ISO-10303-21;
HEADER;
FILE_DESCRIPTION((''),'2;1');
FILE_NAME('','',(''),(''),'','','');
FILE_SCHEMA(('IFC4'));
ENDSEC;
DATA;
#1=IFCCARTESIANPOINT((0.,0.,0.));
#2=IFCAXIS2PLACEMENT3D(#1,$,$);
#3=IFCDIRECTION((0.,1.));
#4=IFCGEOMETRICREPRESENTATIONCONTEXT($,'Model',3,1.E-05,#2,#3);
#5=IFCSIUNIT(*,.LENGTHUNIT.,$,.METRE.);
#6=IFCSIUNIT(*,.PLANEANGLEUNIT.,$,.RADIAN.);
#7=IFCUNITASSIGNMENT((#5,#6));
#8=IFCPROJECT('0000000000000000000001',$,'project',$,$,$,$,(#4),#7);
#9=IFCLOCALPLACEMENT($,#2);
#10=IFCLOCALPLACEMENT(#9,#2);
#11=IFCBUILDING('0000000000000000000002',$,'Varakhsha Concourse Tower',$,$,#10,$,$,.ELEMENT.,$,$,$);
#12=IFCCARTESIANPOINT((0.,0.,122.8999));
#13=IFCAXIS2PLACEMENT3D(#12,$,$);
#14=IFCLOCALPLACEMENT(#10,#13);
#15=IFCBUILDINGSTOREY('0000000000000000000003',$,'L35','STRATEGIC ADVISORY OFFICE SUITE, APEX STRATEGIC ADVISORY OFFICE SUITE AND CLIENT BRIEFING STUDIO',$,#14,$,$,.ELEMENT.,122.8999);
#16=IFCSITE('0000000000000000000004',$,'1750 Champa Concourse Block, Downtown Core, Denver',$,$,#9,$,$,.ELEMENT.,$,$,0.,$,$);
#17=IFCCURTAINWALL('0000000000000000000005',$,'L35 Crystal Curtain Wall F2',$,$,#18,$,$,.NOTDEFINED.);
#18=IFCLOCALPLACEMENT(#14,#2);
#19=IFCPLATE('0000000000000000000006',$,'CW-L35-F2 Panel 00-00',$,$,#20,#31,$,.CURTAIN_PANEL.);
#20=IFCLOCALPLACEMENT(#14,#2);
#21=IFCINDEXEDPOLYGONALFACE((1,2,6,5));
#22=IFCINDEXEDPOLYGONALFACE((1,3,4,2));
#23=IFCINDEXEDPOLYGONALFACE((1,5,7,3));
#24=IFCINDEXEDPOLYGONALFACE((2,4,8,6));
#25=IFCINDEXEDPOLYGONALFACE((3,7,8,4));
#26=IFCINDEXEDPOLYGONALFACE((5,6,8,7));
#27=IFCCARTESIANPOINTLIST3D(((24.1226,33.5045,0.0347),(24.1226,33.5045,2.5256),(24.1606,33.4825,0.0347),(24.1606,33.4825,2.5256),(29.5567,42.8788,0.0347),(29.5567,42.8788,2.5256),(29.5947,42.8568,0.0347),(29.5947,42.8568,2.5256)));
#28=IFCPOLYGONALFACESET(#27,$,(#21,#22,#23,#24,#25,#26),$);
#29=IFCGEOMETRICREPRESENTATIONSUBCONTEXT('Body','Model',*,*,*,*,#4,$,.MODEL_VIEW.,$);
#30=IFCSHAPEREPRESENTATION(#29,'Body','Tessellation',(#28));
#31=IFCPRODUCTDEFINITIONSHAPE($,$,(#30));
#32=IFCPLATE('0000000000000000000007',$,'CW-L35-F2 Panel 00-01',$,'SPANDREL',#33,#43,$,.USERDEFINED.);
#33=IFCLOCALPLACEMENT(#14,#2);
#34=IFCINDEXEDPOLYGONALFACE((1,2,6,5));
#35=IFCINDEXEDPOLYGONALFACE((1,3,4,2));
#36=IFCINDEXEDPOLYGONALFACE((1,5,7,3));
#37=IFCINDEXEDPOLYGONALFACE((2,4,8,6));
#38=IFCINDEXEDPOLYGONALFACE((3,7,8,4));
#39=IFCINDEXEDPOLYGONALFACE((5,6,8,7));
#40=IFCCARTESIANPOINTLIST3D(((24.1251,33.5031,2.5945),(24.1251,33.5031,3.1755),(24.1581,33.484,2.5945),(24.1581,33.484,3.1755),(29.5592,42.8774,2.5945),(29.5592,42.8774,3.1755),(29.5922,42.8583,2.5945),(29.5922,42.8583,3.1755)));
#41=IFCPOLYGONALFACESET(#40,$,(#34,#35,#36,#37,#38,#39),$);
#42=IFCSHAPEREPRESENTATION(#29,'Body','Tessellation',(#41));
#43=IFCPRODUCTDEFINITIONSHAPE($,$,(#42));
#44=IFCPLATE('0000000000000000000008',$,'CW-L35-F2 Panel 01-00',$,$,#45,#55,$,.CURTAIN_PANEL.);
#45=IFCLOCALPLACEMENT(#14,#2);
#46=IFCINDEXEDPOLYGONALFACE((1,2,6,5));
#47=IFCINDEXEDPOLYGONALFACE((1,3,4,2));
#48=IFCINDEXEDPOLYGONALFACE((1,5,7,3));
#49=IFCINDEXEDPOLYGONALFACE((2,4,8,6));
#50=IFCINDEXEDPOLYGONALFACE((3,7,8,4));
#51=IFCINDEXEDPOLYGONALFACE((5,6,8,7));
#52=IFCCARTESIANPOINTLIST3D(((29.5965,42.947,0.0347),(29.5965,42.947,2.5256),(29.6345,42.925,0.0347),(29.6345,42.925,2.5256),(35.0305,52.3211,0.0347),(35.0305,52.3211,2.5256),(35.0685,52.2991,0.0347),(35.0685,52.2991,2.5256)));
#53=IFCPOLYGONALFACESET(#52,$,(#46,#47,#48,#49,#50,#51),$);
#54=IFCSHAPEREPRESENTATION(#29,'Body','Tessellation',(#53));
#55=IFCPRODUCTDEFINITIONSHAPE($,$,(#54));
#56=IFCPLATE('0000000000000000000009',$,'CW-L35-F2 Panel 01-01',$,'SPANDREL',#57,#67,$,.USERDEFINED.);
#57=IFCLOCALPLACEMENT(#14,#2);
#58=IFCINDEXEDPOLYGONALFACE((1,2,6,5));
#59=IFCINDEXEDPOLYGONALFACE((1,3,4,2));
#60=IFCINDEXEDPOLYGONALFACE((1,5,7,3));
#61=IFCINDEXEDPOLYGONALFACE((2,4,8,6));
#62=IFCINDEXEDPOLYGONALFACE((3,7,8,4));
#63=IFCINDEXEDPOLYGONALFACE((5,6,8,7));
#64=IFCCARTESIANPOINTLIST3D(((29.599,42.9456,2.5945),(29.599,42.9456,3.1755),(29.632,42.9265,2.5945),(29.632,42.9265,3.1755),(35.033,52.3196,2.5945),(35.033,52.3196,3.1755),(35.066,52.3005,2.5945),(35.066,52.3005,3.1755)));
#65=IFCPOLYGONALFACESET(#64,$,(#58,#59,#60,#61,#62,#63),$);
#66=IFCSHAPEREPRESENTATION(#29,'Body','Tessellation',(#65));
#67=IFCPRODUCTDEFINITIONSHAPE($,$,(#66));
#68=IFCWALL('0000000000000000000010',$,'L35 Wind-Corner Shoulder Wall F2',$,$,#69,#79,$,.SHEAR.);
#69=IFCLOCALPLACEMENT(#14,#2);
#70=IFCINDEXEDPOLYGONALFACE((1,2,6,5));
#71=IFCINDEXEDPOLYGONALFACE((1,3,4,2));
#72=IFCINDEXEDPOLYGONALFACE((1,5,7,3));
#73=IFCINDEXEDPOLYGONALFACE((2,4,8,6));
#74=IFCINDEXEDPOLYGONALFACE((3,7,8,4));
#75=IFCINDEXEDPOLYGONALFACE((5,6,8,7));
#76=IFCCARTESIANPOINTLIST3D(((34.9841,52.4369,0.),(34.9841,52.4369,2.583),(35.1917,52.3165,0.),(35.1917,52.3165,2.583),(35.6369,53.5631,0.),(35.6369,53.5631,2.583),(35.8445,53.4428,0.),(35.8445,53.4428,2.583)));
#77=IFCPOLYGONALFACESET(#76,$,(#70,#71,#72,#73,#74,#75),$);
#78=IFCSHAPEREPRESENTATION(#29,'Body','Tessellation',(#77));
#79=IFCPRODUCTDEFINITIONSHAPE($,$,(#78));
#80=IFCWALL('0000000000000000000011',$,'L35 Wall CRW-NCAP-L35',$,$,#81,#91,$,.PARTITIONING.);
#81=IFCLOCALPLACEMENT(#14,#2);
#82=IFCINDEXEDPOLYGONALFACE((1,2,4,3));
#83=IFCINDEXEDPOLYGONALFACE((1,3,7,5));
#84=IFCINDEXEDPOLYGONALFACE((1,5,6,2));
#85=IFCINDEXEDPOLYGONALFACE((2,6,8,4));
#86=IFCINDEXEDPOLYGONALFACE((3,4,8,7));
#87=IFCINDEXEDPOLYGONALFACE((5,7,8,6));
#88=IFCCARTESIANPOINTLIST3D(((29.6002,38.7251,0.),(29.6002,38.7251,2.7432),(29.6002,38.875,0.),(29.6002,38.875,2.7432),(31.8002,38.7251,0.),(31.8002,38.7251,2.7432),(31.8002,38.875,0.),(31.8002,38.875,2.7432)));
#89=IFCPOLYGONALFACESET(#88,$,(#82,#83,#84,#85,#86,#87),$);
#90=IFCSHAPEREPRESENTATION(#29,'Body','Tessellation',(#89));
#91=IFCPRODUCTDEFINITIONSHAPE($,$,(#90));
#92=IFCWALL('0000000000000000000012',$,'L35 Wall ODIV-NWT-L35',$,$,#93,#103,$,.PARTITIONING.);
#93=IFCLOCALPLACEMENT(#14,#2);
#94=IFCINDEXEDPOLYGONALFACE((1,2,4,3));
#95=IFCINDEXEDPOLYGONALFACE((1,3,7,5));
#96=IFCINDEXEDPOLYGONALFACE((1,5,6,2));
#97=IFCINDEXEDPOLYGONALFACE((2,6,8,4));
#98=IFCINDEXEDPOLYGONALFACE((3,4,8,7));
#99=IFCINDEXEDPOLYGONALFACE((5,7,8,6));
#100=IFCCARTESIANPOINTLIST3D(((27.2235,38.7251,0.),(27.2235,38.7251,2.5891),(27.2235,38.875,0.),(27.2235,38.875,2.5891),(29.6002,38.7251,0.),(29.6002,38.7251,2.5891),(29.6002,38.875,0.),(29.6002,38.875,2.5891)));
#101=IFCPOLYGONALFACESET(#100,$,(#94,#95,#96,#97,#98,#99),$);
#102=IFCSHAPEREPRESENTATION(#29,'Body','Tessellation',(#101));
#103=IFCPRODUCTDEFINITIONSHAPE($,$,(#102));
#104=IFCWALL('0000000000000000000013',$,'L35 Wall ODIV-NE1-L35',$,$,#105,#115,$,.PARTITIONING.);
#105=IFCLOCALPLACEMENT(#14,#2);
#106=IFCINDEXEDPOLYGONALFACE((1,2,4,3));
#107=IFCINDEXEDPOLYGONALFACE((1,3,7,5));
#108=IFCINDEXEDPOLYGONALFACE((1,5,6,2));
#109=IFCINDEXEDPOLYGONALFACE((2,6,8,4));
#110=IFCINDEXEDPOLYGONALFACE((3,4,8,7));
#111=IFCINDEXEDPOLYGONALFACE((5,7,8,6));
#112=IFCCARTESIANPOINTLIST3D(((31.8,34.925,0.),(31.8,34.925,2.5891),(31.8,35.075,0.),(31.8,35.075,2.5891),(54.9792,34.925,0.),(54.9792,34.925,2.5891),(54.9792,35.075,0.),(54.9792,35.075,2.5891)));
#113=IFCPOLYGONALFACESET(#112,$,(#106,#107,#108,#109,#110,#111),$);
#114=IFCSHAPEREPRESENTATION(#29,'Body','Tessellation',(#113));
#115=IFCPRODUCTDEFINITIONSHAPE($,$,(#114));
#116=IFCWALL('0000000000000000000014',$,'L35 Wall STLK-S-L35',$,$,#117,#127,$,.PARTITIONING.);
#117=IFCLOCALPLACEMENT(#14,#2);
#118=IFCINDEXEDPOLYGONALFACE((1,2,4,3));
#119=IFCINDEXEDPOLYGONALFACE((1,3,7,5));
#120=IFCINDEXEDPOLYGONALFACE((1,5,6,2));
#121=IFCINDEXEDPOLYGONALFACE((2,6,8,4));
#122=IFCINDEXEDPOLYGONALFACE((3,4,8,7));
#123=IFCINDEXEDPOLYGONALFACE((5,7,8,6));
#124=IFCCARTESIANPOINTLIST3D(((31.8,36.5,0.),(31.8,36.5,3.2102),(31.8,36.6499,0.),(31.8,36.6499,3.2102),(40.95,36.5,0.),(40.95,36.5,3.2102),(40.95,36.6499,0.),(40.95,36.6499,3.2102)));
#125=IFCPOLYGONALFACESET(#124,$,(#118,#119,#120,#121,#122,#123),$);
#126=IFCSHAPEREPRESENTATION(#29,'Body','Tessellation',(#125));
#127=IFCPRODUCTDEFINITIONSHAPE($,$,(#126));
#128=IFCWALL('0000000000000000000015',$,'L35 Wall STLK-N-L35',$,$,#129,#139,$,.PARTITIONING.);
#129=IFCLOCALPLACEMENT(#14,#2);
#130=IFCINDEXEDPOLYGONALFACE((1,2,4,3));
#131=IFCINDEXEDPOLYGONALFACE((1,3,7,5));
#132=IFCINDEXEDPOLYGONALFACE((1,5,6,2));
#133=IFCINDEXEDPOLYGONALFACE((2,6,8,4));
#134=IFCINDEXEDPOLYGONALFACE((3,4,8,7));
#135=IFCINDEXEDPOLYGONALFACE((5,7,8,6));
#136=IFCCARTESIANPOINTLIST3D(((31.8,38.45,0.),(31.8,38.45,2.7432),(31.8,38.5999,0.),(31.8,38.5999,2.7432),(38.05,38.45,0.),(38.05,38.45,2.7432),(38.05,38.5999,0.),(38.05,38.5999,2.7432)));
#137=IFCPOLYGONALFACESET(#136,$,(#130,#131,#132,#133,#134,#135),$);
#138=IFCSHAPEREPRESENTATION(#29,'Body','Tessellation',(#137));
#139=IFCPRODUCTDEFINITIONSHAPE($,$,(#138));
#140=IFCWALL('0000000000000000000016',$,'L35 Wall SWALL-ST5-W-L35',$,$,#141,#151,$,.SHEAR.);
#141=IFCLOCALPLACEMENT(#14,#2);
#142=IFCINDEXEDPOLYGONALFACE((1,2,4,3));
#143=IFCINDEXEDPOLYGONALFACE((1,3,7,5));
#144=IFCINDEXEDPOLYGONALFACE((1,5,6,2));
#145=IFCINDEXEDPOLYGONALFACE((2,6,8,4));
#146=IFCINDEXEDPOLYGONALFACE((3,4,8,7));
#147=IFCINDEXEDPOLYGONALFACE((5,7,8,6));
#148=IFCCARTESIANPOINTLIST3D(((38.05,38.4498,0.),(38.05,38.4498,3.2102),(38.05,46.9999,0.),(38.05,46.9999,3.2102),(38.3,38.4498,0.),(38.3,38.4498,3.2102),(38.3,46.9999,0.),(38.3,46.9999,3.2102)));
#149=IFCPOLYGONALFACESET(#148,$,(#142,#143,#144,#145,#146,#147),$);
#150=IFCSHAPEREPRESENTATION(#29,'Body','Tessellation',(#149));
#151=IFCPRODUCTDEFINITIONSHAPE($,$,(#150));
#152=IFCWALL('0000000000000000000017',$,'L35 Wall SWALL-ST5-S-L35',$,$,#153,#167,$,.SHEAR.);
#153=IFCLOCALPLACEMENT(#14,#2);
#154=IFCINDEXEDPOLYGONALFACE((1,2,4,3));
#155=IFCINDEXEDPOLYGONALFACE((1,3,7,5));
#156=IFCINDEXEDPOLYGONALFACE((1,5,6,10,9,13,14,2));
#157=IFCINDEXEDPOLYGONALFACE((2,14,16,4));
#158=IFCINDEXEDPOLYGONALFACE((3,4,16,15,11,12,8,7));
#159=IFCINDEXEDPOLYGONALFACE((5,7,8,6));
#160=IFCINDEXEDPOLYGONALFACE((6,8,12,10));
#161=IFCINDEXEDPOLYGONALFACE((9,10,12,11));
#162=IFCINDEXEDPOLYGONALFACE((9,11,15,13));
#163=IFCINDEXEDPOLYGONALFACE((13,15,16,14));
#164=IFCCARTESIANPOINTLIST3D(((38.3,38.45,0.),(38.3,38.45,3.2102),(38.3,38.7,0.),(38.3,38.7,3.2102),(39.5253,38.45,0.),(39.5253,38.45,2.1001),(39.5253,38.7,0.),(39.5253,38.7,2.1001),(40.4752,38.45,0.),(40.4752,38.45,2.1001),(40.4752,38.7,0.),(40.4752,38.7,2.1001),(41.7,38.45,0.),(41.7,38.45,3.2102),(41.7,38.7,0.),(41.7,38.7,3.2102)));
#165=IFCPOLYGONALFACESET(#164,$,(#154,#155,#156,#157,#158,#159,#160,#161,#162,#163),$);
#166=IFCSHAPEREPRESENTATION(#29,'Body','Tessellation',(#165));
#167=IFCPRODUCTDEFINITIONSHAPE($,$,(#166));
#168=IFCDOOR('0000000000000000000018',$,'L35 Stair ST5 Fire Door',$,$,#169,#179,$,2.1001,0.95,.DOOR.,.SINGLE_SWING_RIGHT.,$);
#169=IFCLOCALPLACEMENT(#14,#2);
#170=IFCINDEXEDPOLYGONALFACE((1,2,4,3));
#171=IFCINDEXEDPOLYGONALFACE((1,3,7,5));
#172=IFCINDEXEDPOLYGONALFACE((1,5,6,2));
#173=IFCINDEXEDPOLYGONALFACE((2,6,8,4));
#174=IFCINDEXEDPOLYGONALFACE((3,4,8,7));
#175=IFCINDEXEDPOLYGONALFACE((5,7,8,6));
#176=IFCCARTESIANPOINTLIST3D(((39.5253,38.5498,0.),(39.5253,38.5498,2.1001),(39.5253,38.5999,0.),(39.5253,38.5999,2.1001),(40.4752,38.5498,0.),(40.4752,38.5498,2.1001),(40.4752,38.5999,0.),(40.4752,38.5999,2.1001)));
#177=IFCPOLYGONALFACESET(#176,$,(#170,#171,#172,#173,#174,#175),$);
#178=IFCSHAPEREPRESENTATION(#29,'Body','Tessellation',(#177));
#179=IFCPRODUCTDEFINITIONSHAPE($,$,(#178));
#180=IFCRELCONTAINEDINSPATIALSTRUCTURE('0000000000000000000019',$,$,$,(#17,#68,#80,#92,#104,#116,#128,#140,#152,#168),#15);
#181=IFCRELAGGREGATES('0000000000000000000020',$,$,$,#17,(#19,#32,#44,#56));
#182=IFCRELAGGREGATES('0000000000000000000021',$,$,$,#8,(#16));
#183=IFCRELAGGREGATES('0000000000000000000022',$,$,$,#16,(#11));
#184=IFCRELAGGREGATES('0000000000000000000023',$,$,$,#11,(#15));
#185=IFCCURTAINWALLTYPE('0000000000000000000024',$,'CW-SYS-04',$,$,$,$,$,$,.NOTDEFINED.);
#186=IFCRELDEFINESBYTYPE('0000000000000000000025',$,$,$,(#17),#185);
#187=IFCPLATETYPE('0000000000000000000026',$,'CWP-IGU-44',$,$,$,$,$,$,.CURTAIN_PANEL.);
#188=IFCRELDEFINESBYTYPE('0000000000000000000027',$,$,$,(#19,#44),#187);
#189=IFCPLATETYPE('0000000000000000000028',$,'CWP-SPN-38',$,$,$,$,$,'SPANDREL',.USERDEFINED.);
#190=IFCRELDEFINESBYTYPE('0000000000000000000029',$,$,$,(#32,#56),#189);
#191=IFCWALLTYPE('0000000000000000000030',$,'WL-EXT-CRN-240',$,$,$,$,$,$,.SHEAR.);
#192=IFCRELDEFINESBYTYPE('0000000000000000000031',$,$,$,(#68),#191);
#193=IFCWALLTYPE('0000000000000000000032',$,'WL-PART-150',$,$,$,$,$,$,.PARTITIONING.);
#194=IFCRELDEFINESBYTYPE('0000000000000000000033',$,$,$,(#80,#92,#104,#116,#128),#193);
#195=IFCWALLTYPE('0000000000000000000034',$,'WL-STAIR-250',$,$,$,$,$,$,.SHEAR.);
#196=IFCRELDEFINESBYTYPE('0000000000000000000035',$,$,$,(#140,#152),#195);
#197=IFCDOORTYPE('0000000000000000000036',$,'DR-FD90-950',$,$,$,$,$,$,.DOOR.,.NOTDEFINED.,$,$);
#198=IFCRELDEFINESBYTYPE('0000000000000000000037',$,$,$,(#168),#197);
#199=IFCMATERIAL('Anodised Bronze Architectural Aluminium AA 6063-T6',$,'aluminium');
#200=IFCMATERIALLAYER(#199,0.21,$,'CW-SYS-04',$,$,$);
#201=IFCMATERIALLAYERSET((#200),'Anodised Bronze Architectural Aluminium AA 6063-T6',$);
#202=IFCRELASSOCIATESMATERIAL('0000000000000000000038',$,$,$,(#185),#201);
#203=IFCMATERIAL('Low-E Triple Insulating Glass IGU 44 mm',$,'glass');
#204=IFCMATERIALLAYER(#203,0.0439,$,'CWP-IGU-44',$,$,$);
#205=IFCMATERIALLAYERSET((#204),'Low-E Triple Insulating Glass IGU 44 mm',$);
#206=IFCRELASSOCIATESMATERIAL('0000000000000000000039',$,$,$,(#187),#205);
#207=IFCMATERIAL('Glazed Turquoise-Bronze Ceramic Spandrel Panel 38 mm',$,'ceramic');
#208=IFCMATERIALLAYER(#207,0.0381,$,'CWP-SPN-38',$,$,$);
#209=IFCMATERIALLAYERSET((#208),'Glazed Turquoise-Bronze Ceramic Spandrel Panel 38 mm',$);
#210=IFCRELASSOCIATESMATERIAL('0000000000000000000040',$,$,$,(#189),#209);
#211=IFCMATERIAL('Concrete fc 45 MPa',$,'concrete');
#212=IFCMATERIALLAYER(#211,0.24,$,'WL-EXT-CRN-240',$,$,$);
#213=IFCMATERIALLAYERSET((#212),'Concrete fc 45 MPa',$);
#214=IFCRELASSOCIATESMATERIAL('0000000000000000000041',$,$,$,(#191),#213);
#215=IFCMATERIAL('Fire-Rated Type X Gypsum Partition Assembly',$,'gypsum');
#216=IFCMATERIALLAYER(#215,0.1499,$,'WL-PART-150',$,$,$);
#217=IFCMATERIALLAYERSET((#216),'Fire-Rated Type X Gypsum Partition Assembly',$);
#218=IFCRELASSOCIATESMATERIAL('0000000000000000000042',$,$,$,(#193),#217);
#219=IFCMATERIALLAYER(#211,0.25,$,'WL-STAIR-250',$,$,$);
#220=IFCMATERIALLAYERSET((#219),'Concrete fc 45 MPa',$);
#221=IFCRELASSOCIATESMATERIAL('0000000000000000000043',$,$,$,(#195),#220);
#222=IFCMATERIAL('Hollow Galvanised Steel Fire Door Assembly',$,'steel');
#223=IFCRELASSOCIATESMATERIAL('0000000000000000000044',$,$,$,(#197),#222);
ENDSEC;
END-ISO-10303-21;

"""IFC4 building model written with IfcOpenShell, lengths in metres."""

from ifc_helpers import new_model, si_unit, direction, frame, frame_2d, origin, origin_2d, place, context, subcontext, project, spatial, rectangle, extrude, source, transform, mapped, material, layer, layer_set, type_object, type_shapes, element, fill, aggregate, save


model = new_model("IFC4")

# Units and contexts
model_context = context("Model", 3, precision=1e-05, world=origin(), true_north=direction((0.0, 1.0)))
body_context = subcontext(model_context, "Body", "Model", "MODEL_VIEW")
ifc_project = project(units=[si_unit("LENGTHUNIT", "METRE"), si_unit("PLANEANGLEUNIT", "RADIAN")], contexts=[model_context])

# Site, building, storey
site_placement = place(None, origin())
site = spatial("IfcSite", under=ifc_project, at=site_placement, Name="1750 Champa Concourse Block, Downtown Core, Denver", CompositionType="ELEMENT", RefElevation=0.0)
building_placement = place(site_placement, origin())
building = spatial("IfcBuilding", under=site, at=building_placement, Name="Varakhsha Concourse Tower", CompositionType="ELEMENT")
storey_placement = place(building_placement, frame((0.0, 0.0, 122.8999)))
storey = spatial("IfcBuildingStorey", under=building, at=storey_placement, Name="L35", Description="STRATEGIC ADVISORY OFFICE SUITE, APEX STRATEGIC ADVISORY OFFICE SUITE AND CLIENT BRIEFING STUDIO", CompositionType="ELEMENT", Elevation=122.8999)

# Curtain wall
ifc_material_1 = material(Name="Anodised Bronze Architectural Aluminium AA 6063-T6", Category="aluminium")
ifc_layer_1 = layer(ifc_material_1, 0.21, Name="CW-SYS-04")
ifc_layer_set_1 = layer_set([ifc_layer_1], Name="Anodised Bronze Architectural Aluminium AA 6063-T6")
curtain_wall_type = type_object("IfcCurtainWallType", Name="CW-SYS-04", PredefinedType="NOTDEFINED", material=ifc_layer_set_1)
curtain_wall_1_placement = place(storey_placement, origin())
curtain_wall_1 = element("IfcCurtainWall", 1, at=curtain_wall_1_placement, inside=storey, type_object=curtain_wall_type, Name="L35 Crystal Curtain Wall F2", PredefinedType="NOTDEFINED")

# Plates
ifc_material_2 = material(Name="Low-E Triple Insulating Glass IGU 44 mm", Category="glass")
ifc_layer_2 = layer(ifc_material_2, 0.0439, Name="CWP-IGU-44")
ifc_layer_set_2 = layer_set([ifc_layer_2], Name="Low-E Triple Insulating Glass IGU 44 mm")
plate_type_1 = type_object("IfcPlateType", Name="CWP-IGU-44", PredefinedType="CURTAIN_PANEL", material=ifc_layer_set_2)
shared_shape_1 = source(origin(), body_context, "Body", "SweptSolid", [
    extrude(rectangle(XDim=10.8354, YDim=0.0439, at=origin_2d()), origin(), (0.0, 0.0, 1.0), 2.491),
])
plate_1_placement = place(storey_placement, frame((26.8586, 38.1807, 0.0347), z_axis=(0.0, 0.0, 1.0), x_axis=(0.501514, 0.86515, 0.0)))
plate_1 = element("IfcPlate", 2, at=plate_1_placement, type_object=plate_type_1, Name="CW-L35-F2 Panel 00-00", PredefinedType="CURTAIN_PANEL", context=body_context, shape_type="MappedRepresentation", body=[
    mapped(shared_shape_1, transform((0.0, 0.0, 0.0), scale=1.0)),
])
ifc_material_3 = material(Name="Glazed Turquoise-Bronze Ceramic Spandrel Panel 38 mm", Category="ceramic")
ifc_layer_3 = layer(ifc_material_3, 0.0381, Name="CWP-SPN-38")
ifc_layer_set_3 = layer_set([ifc_layer_3], Name="Glazed Turquoise-Bronze Ceramic Spandrel Panel 38 mm")
plate_type_2 = type_object("IfcPlateType", Name="CWP-SPN-38", ElementType="SPANDREL", PredefinedType="USERDEFINED", material=ifc_layer_set_3)
shared_shape_2 = source(origin(), body_context, "Body", "SweptSolid", [
    extrude(rectangle(XDim=10.8354, YDim=0.0381, at=origin_2d()), origin(), (0.0, 0.0, 1.0), 0.5811),
])
plate_2_placement = place(storey_placement, frame((26.8586, 38.1807, 2.5945), z_axis=(0.0, 0.0, 1.0), x_axis=(0.501514, 0.86515, 0.0)))
plate_2 = element("IfcPlate", 3, at=plate_2_placement, type_object=plate_type_2, Name="CW-L35-F2 Panel 00-01", ObjectType="SPANDREL", PredefinedType="USERDEFINED", context=body_context, shape_type="MappedRepresentation", body=[
    mapped(shared_shape_2, transform((0.0, 0.0, 0.0), scale=1.0)),
])
shared_shape_3 = source(origin(), body_context, "Body", "SweptSolid", [
    extrude(rectangle(XDim=10.8352, YDim=0.0439, at=origin_2d()), origin(), (0.0, 0.0, 1.0), 2.491),
])
type_shapes(plate_type_1, [shared_shape_1, shared_shape_3])
plate_3_placement = place(storey_placement, frame((32.3325, 47.623, 0.0347), z_axis=(0.0, 0.0, 1.0), x_axis=(0.501514, 0.86515, 0.0)))
plate_3 = element("IfcPlate", 4, at=plate_3_placement, type_object=plate_type_1, Name="CW-L35-F2 Panel 01-00", PredefinedType="CURTAIN_PANEL", context=body_context, shape_type="MappedRepresentation", body=[
    mapped(shared_shape_3, transform((0.0, 0.0, 0.0), scale=1.0)),
])
shared_shape_4 = source(origin(), body_context, "Body", "SweptSolid", [
    extrude(rectangle(XDim=10.8352, YDim=0.0381, at=origin_2d()), origin(), (0.0, 0.0, 1.0), 0.5811),
])
type_shapes(plate_type_2, [shared_shape_2, shared_shape_4])
plate_4_placement = place(storey_placement, frame((32.3325, 47.623, 2.5945), z_axis=(0.0, 0.0, 1.0), x_axis=(0.501514, 0.86515, 0.0)))
plate_4 = element("IfcPlate", 5, at=plate_4_placement, type_object=plate_type_2, Name="CW-L35-F2 Panel 01-01", ObjectType="SPANDREL", PredefinedType="USERDEFINED", context=body_context, shape_type="MappedRepresentation", body=[
    mapped(shared_shape_4, transform((0.0, 0.0, 0.0), scale=1.0)),
])
aggregate(curtain_wall_1, [plate_1, plate_2, plate_3, plate_4])

# Walls
ifc_material_4 = material(Name="Concrete fc 45 MPa", Category="concrete")
ifc_layer_4 = layer(ifc_material_4, 0.24, Name="WL-EXT-CRN-240")
ifc_layer_set_4 = layer_set([ifc_layer_4], Name="Concrete fc 45 MPa")
wall_type_1 = type_object("IfcWallType", Name="WL-EXT-CRN-240", PredefinedType="SHEAR", material=ifc_layer_set_4)
wall_1_placement = place(storey_placement, frame((35.7407, 53.5029, 0.0), z_axis=(0.0, 0.0, 1.0), x_axis=(-0.501502, -0.865157, 0.0)))
element("IfcWall", 6, at=wall_1_placement, inside=storey, type_object=wall_type_1, Name="L35 Wind-Corner Shoulder Wall F2", PredefinedType="SHEAR", context=body_context, shape_type="SweptSolid", body=[
    extrude(rectangle(XDim=1.3018, YDim=0.24, at=frame_2d((0.6509, 0.0))), origin(), (0.0, 0.0, 1.0), 2.583),
])
ifc_material_5 = material(Name="Fire-Rated Type X Gypsum Partition Assembly", Category="gypsum")
ifc_layer_5 = layer(ifc_material_5, 0.1499, Name="WL-PART-150")
ifc_layer_set_5 = layer_set([ifc_layer_5], Name="Fire-Rated Type X Gypsum Partition Assembly")
wall_type_2 = type_object("IfcWallType", Name="WL-PART-150", PredefinedType="PARTITIONING", material=ifc_layer_set_5)
wall_2_placement = place(storey_placement, frame((29.6001, 38.8, 0.0), z_axis=(0.0, 0.0, 1.0), x_axis=(1.0, 0.0, 0.0)))
element("IfcWall", 7, at=wall_2_placement, inside=storey, type_object=wall_type_2, Name="L35 Wall CRW-NCAP-L35", PredefinedType="PARTITIONING", context=body_context, shape_type="SweptSolid", body=[
    extrude(rectangle(XDim=2.2, YDim=0.1499, at=frame_2d((1.1001, 0.0))), origin(), (0.0, 0.0, 1.0), 2.7432),
])
wall_3_placement = place(storey_placement, frame((27.2234, 38.8, 0.0), z_axis=(0.0, 0.0, 1.0), x_axis=(1.0, 0.0, 0.0)))
element("IfcWall", 8, at=wall_3_placement, inside=storey, type_object=wall_type_2, Name="L35 Wall ODIV-NWT-L35", PredefinedType="PARTITIONING", context=body_context, shape_type="SweptSolid", body=[
    extrude(rectangle(XDim=2.3767, YDim=0.1499, at=frame_2d((1.1885, 0.0))), origin(), (0.0, 0.0, 1.0), 2.5891),
])
wall_4_placement = place(storey_placement, frame((31.8, 35.0, 0.0), z_axis=(0.0, 0.0, 1.0), x_axis=(1.0, 0.0, 0.0)))
element("IfcWall", 9, at=wall_4_placement, inside=storey, type_object=wall_type_2, Name="L35 Wall ODIV-NE1-L35", PredefinedType="PARTITIONING", context=body_context, shape_type="SweptSolid", body=[
    extrude(rectangle(XDim=23.1792, YDim=0.1499, at=frame_2d((11.5896, 0.0))), origin(), (0.0, 0.0, 1.0), 2.5891),
])
wall_5_placement = place(storey_placement, frame((31.8, 36.575, 0.0), z_axis=(0.0, 0.0, 1.0), x_axis=(1.0, 0.0, 0.0)))
element("IfcWall", 10, at=wall_5_placement, inside=storey, type_object=wall_type_2, Name="L35 Wall STLK-S-L35", PredefinedType="PARTITIONING", context=body_context, shape_type="SweptSolid", body=[
    extrude(rectangle(XDim=9.1499, YDim=0.1499, at=frame_2d((4.575, 0.0))), origin(), (0.0, 0.0, 1.0), 3.2102),
])
wall_6_placement = place(storey_placement, frame((31.8, 38.5249, 0.0), z_axis=(0.0, 0.0, 1.0), x_axis=(1.0, 0.0, 0.0)))
element("IfcWall", 11, at=wall_6_placement, inside=storey, type_object=wall_type_2, Name="L35 Wall STLK-N-L35", PredefinedType="PARTITIONING", context=body_context, shape_type="SweptSolid", body=[
    extrude(rectangle(XDim=6.25, YDim=0.1499, at=frame_2d((3.125, 0.0))), origin(), (0.0, 0.0, 1.0), 2.7432),
])
ifc_layer_6 = layer(ifc_material_4, 0.25, Name="WL-STAIR-250")
ifc_layer_set_6 = layer_set([ifc_layer_6], Name="Concrete fc 45 MPa")
wall_type_3 = type_object("IfcWallType", Name="WL-STAIR-250", PredefinedType="SHEAR", material=ifc_layer_set_6)
wall_7_placement = place(storey_placement, frame((38.175, 38.45, 0.0), z_axis=(0.0, 0.0, 1.0), x_axis=(0.0, 1.0, 0.0)))
element("IfcWall", 12, at=wall_7_placement, inside=storey, type_object=wall_type_3, Name="L35 Wall SWALL-ST5-W-L35", PredefinedType="SHEAR", context=body_context, shape_type="SweptSolid", body=[
    extrude(rectangle(XDim=8.55, YDim=0.25, at=frame_2d((4.2749, 0.0))), origin(), (0.0, 0.0, 1.0), 3.2102),
])

# Wall, opening, door
wall_8_placement = place(storey_placement, frame((38.3, 38.575, 0.0), z_axis=(0.0, 0.0, 1.0), x_axis=(1.0, 0.0, 0.0)))
wall_8 = element("IfcWall", 13, at=wall_8_placement, inside=storey, type_object=wall_type_3, Name="L35 Wall SWALL-ST5-S-L35", PredefinedType="SHEAR", context=body_context, shape_type="SweptSolid", body=[
    extrude(rectangle(XDim=3.3999, YDim=0.25, at=frame_2d((1.7, 0.0))), origin(), (0.0, 0.0, 1.0), 3.2102),
])
opening_placement = place(wall_8_placement, frame((1.2251, 0.0, 0.0)))
opening = element("IfcOpeningElement", 14, at=opening_placement, cuts=wall_8, PredefinedType="OPENING", context=body_context, shape_type="SweptSolid", body=[
    extrude(rectangle(XDim=0.95, YDim=2.1001, at=frame_2d((0.4751, 1.05))), frame((0.0, 0.135, 0.0), z_axis=(0.0, -1.0, 0.0), x_axis=(1.0, 0.0, 0.0)), (0.0, 0.0, 1.0), 0.27),
])
ifc_material_6 = material(Name="Hollow Galvanised Steel Fire Door Assembly", Category="steel")
door_type = type_object("IfcDoorType", Name="DR-FD90-950", OperationType="NOTDEFINED", PredefinedType="DOOR", material=ifc_material_6)
door_placement = place(opening_placement, origin())
door = element("IfcDoor", 15, at=door_placement, inside=storey, type_object=door_type, Name="L35 Stair ST5 Fire Door", OperationType="SINGLE_SWING_RIGHT", OverallHeight=2.1001, OverallWidth=0.95, PredefinedType="DOOR", context=body_context, shape_type="SweptSolid", body=[
    extrude(rectangle(XDim=0.95, YDim=2.1001, at=frame_2d((0.4751, 1.05))), frame((0.0, 0.0249, 0.0), z_axis=(0.0, -1.0, 0.0), x_axis=(1.0, 0.0, 0.0)), (0.0, 0.0, 1.0), 0.05),
])
fill(opening, door)

save(model, "model.ifc")
